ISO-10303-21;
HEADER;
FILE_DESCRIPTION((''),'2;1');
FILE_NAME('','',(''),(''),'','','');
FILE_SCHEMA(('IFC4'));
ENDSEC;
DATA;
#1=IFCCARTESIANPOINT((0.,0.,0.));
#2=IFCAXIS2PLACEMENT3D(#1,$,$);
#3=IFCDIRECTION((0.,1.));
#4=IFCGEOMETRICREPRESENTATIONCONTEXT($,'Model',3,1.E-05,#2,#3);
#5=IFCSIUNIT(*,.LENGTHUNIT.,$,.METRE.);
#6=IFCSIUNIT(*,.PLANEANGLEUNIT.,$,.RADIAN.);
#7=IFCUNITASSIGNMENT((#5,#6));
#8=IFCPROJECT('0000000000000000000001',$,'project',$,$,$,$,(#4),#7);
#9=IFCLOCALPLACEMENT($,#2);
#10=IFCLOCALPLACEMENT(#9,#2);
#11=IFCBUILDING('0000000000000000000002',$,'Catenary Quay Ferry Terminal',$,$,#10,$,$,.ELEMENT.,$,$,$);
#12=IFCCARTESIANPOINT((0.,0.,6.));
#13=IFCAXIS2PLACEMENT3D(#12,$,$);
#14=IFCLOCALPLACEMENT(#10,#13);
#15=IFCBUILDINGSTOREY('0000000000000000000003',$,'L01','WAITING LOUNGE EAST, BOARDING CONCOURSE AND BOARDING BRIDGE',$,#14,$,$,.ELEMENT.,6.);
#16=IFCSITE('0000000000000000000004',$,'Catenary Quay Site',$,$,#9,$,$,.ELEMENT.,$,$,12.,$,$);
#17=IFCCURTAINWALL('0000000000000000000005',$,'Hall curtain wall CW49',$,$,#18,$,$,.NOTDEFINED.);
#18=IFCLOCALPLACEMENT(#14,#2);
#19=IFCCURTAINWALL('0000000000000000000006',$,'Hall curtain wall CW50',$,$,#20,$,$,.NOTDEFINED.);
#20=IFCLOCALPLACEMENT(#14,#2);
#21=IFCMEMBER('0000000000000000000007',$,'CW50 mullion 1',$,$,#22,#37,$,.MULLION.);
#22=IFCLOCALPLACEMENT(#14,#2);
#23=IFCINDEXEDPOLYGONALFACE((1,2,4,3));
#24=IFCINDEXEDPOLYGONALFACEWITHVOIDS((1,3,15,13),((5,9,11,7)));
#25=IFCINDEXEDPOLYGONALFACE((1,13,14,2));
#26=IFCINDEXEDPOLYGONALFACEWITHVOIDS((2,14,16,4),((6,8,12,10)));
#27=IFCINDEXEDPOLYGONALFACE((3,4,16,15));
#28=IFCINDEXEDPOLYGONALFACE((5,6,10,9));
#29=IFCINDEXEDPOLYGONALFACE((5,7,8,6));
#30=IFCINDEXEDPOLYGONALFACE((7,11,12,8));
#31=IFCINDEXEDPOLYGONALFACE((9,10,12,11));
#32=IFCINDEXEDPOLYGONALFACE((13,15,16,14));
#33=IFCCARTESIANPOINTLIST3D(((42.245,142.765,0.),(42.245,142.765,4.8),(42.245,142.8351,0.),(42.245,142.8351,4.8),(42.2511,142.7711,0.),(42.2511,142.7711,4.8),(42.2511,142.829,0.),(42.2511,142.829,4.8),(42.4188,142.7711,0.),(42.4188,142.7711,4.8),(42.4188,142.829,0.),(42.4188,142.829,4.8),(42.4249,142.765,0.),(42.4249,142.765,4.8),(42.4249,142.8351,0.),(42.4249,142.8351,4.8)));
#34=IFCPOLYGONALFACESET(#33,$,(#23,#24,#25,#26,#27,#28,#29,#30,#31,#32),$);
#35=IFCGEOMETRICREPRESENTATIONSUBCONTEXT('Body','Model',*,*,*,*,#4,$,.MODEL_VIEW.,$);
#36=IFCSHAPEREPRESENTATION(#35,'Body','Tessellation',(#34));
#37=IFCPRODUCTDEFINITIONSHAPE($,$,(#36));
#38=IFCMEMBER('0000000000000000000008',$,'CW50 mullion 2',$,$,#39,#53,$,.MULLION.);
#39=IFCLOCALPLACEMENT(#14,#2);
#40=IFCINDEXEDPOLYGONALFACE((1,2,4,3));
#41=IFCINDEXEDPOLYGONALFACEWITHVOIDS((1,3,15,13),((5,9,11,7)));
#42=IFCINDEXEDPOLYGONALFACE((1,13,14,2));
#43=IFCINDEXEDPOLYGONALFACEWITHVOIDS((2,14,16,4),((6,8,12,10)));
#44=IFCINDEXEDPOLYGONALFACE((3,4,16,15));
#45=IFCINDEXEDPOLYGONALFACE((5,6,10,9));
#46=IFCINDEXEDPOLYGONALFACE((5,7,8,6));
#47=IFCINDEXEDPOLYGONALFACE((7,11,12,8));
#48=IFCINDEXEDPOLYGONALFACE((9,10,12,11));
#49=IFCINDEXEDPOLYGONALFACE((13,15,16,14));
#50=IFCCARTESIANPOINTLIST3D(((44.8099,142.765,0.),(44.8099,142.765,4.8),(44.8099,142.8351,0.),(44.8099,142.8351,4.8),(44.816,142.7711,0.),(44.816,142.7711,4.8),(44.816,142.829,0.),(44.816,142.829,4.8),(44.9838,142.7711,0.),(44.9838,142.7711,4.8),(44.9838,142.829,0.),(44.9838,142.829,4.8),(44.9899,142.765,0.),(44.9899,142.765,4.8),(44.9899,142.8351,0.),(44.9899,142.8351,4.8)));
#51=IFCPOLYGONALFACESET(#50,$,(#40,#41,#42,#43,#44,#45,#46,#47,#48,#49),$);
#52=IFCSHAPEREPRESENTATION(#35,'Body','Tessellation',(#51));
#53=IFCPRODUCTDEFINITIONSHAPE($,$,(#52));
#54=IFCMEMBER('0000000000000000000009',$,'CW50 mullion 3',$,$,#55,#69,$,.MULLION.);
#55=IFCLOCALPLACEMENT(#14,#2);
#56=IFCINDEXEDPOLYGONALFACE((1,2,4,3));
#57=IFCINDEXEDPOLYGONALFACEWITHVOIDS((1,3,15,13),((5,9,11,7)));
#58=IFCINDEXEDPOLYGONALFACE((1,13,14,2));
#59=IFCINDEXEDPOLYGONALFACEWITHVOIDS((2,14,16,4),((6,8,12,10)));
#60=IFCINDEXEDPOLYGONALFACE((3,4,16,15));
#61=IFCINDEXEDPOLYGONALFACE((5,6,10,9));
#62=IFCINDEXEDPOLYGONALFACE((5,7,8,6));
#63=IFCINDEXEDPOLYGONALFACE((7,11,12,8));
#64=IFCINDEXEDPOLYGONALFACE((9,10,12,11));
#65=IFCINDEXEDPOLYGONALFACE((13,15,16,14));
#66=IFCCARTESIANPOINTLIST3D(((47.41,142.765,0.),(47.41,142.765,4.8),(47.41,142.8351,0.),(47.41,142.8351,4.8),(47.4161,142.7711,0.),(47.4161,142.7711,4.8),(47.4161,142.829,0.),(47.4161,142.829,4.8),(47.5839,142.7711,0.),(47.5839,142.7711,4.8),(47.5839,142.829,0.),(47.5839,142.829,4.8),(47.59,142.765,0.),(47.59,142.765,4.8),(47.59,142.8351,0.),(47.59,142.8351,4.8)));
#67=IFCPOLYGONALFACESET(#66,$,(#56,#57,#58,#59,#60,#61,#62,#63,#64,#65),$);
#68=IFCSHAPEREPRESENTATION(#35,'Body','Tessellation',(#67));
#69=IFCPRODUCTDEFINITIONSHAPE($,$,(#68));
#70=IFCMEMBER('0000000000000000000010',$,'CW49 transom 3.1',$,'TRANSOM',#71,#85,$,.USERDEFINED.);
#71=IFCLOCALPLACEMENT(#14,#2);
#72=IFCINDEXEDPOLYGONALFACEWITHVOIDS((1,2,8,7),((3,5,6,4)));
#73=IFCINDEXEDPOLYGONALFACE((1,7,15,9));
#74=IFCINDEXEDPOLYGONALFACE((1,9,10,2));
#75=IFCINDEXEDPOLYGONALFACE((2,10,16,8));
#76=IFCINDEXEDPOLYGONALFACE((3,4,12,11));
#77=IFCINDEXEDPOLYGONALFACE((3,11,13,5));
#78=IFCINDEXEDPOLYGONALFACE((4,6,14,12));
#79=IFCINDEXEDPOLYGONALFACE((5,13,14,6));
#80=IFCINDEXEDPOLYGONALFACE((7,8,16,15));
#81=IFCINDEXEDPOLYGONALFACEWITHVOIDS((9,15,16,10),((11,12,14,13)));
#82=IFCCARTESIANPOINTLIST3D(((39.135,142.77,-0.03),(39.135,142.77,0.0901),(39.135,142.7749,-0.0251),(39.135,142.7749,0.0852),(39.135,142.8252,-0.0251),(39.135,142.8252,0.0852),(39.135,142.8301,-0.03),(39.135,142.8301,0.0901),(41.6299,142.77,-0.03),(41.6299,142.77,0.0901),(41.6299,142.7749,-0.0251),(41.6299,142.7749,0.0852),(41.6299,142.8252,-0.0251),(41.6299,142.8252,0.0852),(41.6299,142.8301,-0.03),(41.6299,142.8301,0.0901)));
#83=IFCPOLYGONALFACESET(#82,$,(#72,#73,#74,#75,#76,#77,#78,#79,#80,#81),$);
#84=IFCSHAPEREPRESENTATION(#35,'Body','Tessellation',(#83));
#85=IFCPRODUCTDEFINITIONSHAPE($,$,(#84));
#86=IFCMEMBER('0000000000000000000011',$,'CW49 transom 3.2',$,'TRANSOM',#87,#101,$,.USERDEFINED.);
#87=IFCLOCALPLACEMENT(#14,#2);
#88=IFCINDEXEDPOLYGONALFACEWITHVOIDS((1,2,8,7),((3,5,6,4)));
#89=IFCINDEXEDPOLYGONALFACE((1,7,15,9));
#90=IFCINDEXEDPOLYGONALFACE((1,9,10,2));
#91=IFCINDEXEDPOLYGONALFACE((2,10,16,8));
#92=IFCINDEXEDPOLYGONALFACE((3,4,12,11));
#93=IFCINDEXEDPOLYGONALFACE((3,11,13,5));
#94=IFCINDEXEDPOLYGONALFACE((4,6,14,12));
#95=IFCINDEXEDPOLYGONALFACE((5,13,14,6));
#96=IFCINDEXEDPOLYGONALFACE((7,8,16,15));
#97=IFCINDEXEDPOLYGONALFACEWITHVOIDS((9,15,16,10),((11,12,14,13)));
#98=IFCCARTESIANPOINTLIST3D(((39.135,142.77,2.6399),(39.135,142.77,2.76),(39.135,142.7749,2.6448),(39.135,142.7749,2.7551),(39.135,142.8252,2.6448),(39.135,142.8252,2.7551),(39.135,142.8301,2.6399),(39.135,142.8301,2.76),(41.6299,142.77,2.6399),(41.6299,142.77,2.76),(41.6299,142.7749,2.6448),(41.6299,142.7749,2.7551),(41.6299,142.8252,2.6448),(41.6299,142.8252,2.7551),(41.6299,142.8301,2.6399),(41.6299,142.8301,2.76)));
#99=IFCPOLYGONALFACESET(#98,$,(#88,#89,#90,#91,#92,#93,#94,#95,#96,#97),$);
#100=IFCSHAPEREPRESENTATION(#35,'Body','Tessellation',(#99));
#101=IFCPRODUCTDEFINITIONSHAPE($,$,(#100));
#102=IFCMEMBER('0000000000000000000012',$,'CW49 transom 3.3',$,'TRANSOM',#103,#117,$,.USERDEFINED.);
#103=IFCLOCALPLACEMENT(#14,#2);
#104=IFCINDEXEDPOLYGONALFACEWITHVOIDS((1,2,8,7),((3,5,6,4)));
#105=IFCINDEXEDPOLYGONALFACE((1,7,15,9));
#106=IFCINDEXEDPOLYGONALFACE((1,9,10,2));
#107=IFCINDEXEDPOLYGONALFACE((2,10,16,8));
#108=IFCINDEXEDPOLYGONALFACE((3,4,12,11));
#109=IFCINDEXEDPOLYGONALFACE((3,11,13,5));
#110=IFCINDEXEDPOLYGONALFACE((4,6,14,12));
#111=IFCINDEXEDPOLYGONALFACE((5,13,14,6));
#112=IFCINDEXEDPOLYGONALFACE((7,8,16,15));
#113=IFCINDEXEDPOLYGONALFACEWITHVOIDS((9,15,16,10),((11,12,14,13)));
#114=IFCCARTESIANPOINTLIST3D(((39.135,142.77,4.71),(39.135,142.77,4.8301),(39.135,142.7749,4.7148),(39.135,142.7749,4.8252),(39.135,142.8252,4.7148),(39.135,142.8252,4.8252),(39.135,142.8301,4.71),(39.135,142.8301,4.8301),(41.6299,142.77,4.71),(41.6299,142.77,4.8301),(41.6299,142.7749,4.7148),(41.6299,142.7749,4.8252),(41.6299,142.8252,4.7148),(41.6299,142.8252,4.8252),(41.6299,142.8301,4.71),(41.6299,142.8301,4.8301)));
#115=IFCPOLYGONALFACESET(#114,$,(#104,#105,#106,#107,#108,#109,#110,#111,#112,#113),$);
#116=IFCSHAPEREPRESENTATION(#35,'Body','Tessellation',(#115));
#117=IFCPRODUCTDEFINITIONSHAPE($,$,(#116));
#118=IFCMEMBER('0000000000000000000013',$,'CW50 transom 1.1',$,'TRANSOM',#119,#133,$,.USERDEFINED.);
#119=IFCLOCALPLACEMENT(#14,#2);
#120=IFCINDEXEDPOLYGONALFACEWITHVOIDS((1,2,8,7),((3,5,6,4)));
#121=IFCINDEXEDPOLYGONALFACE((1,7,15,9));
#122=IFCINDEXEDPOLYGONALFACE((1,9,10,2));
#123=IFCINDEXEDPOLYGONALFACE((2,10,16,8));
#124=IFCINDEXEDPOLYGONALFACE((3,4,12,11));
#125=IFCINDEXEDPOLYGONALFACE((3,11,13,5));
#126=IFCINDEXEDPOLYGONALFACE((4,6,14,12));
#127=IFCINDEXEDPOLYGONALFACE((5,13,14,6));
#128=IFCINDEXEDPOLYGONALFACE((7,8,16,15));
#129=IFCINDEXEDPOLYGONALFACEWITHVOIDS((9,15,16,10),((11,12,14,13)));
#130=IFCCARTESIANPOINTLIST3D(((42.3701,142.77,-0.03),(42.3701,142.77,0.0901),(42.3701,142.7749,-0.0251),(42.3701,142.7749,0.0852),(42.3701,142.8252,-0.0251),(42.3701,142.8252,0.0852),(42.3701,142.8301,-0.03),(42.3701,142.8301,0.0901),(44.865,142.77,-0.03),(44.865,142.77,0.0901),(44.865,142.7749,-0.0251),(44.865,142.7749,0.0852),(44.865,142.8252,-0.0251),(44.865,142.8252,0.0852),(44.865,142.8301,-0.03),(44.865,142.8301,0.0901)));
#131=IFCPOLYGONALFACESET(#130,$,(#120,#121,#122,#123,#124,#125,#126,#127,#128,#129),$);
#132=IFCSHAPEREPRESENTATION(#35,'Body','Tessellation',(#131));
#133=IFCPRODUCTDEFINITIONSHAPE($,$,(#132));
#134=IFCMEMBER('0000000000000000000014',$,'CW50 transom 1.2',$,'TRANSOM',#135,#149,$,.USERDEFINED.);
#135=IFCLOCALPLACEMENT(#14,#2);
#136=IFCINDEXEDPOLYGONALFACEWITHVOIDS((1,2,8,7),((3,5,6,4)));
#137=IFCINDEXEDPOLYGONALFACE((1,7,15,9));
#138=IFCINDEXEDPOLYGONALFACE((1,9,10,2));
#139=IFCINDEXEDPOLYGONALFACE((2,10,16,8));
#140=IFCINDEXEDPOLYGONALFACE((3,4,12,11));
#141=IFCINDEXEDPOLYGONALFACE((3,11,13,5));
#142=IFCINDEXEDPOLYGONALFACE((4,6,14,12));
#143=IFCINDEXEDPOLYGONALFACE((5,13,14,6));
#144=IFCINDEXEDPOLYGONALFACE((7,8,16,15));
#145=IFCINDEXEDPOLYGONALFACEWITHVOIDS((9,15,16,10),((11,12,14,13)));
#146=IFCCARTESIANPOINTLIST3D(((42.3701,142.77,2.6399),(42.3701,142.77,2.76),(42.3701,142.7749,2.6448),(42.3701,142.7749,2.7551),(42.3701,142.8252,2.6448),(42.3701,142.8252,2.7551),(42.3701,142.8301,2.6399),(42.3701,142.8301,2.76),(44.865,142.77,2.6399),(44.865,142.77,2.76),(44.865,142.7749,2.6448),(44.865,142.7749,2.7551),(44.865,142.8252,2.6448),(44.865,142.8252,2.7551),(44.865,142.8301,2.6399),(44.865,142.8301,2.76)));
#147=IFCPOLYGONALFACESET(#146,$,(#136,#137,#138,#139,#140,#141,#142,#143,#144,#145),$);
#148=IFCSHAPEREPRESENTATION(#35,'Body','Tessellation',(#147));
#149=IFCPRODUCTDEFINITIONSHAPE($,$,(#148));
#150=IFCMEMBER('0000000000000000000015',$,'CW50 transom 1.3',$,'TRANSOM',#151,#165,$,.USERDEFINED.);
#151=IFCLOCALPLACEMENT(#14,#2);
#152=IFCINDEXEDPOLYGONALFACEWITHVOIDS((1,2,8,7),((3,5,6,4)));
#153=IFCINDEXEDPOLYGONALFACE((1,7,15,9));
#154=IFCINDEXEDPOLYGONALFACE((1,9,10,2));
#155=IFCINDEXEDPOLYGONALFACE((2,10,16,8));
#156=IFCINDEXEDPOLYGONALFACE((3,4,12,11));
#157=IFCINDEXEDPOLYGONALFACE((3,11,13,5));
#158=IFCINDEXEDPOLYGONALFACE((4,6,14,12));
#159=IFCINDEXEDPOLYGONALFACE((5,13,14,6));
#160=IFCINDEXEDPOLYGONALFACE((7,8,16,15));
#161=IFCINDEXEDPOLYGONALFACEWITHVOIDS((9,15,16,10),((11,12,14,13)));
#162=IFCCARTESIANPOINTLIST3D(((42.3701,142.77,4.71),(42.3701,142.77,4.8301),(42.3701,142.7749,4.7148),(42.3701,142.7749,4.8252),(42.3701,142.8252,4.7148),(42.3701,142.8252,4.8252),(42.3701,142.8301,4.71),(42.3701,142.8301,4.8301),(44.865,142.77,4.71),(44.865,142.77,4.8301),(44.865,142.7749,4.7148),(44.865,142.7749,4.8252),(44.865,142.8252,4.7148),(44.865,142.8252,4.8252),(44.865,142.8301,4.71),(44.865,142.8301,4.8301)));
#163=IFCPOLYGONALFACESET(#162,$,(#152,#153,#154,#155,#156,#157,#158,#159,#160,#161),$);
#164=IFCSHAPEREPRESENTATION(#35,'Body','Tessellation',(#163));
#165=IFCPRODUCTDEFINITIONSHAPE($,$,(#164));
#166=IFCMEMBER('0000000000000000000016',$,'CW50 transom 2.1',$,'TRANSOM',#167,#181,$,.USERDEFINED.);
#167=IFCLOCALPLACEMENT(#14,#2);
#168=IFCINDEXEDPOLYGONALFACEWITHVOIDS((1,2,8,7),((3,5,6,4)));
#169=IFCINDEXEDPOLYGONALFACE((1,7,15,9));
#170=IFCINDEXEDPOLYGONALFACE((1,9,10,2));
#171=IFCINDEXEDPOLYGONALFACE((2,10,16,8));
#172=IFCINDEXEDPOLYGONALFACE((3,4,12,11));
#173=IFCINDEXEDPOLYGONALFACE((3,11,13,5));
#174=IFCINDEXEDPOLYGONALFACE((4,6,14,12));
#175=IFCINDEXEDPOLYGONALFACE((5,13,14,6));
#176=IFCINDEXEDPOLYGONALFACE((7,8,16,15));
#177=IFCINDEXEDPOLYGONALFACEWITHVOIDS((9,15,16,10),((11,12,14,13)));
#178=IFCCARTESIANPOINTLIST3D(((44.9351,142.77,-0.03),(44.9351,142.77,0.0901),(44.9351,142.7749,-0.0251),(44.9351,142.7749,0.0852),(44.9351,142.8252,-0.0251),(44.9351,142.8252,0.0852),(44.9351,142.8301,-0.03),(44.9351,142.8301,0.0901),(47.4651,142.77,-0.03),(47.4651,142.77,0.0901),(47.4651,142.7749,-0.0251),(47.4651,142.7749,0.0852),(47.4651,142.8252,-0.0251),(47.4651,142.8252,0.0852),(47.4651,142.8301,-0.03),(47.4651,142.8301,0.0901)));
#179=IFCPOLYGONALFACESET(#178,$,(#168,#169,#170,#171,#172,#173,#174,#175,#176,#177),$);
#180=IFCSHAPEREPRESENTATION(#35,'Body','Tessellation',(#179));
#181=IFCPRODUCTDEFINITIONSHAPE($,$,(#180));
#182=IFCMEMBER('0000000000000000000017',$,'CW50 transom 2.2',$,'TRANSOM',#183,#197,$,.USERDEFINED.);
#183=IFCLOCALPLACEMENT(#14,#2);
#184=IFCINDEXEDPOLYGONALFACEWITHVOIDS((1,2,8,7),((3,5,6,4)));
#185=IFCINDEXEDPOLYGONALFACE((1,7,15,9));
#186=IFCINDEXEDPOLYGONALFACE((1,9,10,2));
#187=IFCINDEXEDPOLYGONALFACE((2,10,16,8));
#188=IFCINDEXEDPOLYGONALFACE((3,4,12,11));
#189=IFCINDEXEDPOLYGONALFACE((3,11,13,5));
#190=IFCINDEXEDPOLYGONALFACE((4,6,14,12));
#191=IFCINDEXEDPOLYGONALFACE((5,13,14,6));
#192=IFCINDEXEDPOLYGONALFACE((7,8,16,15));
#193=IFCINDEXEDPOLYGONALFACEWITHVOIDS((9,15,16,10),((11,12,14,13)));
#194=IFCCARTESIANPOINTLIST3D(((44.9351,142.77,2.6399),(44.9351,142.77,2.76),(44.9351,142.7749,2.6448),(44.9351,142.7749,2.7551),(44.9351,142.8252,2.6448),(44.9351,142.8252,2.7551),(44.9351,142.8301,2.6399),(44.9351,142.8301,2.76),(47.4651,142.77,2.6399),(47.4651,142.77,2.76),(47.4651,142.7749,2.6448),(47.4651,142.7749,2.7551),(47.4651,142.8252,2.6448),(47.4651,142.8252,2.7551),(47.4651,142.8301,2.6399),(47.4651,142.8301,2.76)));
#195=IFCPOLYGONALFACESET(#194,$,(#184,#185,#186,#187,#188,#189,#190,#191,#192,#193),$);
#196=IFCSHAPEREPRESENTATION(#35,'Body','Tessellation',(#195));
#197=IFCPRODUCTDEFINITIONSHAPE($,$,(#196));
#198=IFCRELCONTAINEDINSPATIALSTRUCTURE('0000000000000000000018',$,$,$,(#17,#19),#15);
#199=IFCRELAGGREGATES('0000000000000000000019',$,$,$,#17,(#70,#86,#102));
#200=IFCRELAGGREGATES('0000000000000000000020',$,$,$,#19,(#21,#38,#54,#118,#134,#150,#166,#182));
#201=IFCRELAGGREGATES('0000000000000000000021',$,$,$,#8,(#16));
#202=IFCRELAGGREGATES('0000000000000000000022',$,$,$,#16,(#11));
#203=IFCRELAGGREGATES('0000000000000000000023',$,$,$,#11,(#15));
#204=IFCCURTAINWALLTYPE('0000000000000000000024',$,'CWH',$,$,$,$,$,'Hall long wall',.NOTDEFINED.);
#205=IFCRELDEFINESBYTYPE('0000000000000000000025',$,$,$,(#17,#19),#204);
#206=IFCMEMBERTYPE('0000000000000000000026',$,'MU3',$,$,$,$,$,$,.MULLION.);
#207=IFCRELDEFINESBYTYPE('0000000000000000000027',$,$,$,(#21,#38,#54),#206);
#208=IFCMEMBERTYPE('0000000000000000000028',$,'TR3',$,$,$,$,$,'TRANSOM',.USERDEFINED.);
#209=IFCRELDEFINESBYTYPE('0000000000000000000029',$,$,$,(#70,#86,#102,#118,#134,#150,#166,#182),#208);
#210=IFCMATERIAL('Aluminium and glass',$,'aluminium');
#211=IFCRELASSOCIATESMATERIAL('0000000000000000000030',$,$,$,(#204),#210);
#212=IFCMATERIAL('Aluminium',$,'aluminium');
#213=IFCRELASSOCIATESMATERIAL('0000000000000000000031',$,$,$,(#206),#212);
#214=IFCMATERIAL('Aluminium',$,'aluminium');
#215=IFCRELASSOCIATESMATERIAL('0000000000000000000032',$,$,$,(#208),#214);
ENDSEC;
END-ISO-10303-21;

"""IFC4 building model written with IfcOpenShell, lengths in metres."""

from ifc_helpers import new_model, si_unit, direction, frame, origin, origin_2d, place, context, subcontext, project, spatial, hollow_rectangle, extrude, material, material_profile, profile_set, type_object, element, aggregate, save


model = new_model("IFC4")

# Units and contexts
model_context = context("Model", 3, precision=1e-05, world=origin(), true_north=direction((0.0, 1.0)))
body_context = subcontext(model_context, "Body", "Model", "MODEL_VIEW")
ifc_project = project(units=[si_unit("LENGTHUNIT", "METRE"), si_unit("PLANEANGLEUNIT", "RADIAN")], contexts=[model_context])

# Site, building, storey
site_placement = place(None, origin())
site = spatial("IfcSite", under=ifc_project, at=site_placement, Name="Catenary Quay Site", CompositionType="ELEMENT", RefElevation=12.0)
building_placement = place(site_placement, origin())
building = spatial("IfcBuilding", under=site, at=building_placement, Name="Catenary Quay Ferry Terminal", CompositionType="ELEMENT")
storey_placement = place(building_placement, frame((0.0, 0.0, 6.0)))
storey = spatial("IfcBuildingStorey", under=building, at=storey_placement, Name="L01", Description="WAITING LOUNGE EAST, BOARDING CONCOURSE AND BOARDING BRIDGE", CompositionType="ELEMENT", Elevation=6.0)

# Curtain walls, members
ifc_material_1 = material(Name="Aluminium and glass", Category="aluminium")
curtain_wall_type = type_object("IfcCurtainWallType", Name="CWH", ElementType="Hall long wall", PredefinedType="NOTDEFINED", material=ifc_material_1)
curtain_wall_1_placement = place(storey_placement, origin())
curtain_wall_1 = element("IfcCurtainWall", 1, at=curtain_wall_1_placement, inside=storey, type_object=curtain_wall_type, Name="Hall curtain wall CW49", PredefinedType="NOTDEFINED")
ifc_material_2 = material(Name="Aluminium", Category="aluminium")
ifc_material_profile_1 = material_profile(ifc_material_2, hollow_rectangle(XDim=0.0701, YDim=0.1799, WallThickness=0.0061, at=origin_2d()), Name="MU3")
ifc_profile_set_1 = profile_set([ifc_material_profile_1], Name="Aluminium")
member_type_1 = type_object("IfcMemberType", Name="MU3", PredefinedType="MULLION", material=ifc_profile_set_1)
curtain_wall_2_placement = place(storey_placement, origin())
curtain_wall_2 = element("IfcCurtainWall", 2, at=curtain_wall_2_placement, inside=storey, type_object=curtain_wall_type, Name="Hall curtain wall CW50", PredefinedType="NOTDEFINED")
member_1_placement = place(storey_placement, frame((42.335, 142.8, 0.0), z_axis=(0.0, 0.0, 1.0), x_axis=(0.0, 1.0, 0.0)))
member_1 = element("IfcMember", 3, at=member_1_placement, type_object=member_type_1, Name="CW50 mullion 1", PredefinedType="MULLION", context=body_context, shape_type="SweptSolid", body=[
    extrude(hollow_rectangle(XDim=0.0701, YDim=0.1799, WallThickness=0.0061, at=origin_2d()), origin(), (0.0, 0.0, 1.0), 4.8),
])
member_2_placement = place(storey_placement, frame((44.8999, 142.8, 0.0), z_axis=(0.0, 0.0, 1.0), x_axis=(0.0, 1.0, 0.0)))
member_2 = element("IfcMember", 4, at=member_2_placement, type_object=member_type_1, Name="CW50 mullion 2", PredefinedType="MULLION", context=body_context, shape_type="SweptSolid", body=[
    extrude(hollow_rectangle(XDim=0.0701, YDim=0.1799, WallThickness=0.0061, at=origin_2d()), origin(), (0.0, 0.0, 1.0), 4.8),
])
member_3_placement = place(storey_placement, frame((47.5, 142.8, 0.0), z_axis=(0.0, 0.0, 1.0), x_axis=(0.0, 1.0, 0.0)))
member_3 = element("IfcMember", 5, at=member_3_placement, type_object=member_type_1, Name="CW50 mullion 3", PredefinedType="MULLION", context=body_context, shape_type="SweptSolid", body=[
    extrude(hollow_rectangle(XDim=0.0701, YDim=0.1799, WallThickness=0.0061, at=origin_2d()), origin(), (0.0, 0.0, 1.0), 4.8),
])

# Members
ifc_material_3 = material(Name="Aluminium", Category="aluminium")
ifc_material_profile_2 = material_profile(ifc_material_3, hollow_rectangle(XDim=0.0601, YDim=0.1201, WallThickness=0.0049, at=origin_2d()), Name="TR3")
ifc_profile_set_2 = profile_set([ifc_material_profile_2], Name="Aluminium")
member_type_2 = type_object("IfcMemberType", Name="TR3", ElementType="TRANSOM", PredefinedType="USERDEFINED", material=ifc_profile_set_2)
member_4_placement = place(storey_placement, frame((39.135, 142.8, 0.03), z_axis=(1.0, 0.0, 0.0), x_axis=(0.0, 1.0, 0.0)))
member_4 = element("IfcMember", 6, at=member_4_placement, type_object=member_type_2, Name="CW49 transom 3.1", ObjectType="TRANSOM", PredefinedType="USERDEFINED", context=body_context, shape_type="SweptSolid", body=[
    extrude(hollow_rectangle(XDim=0.0601, YDim=0.1201, WallThickness=0.0049, at=origin_2d()), origin(), (0.0, 0.0, 1.0), 2.4949),
])
member_5_placement = place(storey_placement, frame((39.135, 142.8, 2.7), z_axis=(1.0, 0.0, 0.0), x_axis=(0.0, 1.0, 0.0)))
member_5 = element("IfcMember", 7, at=member_5_placement, type_object=member_type_2, Name="CW49 transom 3.2", ObjectType="TRANSOM", PredefinedType="USERDEFINED", context=body_context, shape_type="SweptSolid", body=[
    extrude(hollow_rectangle(XDim=0.0601, YDim=0.1201, WallThickness=0.0049, at=origin_2d()), origin(), (0.0, 0.0, 1.0), 2.4949),
])
member_6_placement = place(storey_placement, frame((39.135, 142.8, 4.77), z_axis=(1.0, 0.0, 0.0), x_axis=(0.0, 1.0, 0.0)))
member_6 = element("IfcMember", 8, at=member_6_placement, type_object=member_type_2, Name="CW49 transom 3.3", ObjectType="TRANSOM", PredefinedType="USERDEFINED", context=body_context, shape_type="SweptSolid", body=[
    extrude(hollow_rectangle(XDim=0.0601, YDim=0.1201, WallThickness=0.0049, at=origin_2d()), origin(), (0.0, 0.0, 1.0), 2.4949),
])
member_7_placement = place(storey_placement, frame((42.3701, 142.8, 0.03), z_axis=(1.0, 0.0, 0.0), x_axis=(0.0, 1.0, 0.0)))
member_7 = element("IfcMember", 9, at=member_7_placement, type_object=member_type_2, Name="CW50 transom 1.1", ObjectType="TRANSOM", PredefinedType="USERDEFINED", context=body_context, shape_type="SweptSolid", body=[
    extrude(hollow_rectangle(XDim=0.0601, YDim=0.1201, WallThickness=0.0049, at=origin_2d()), origin(), (0.0, 0.0, 1.0), 2.4949),
])
member_8_placement = place(storey_placement, frame((42.3701, 142.8, 2.7), z_axis=(1.0, 0.0, 0.0), x_axis=(0.0, 1.0, 0.0)))
member_8 = element("IfcMember", 10, at=member_8_placement, type_object=member_type_2, Name="CW50 transom 1.2", ObjectType="TRANSOM", PredefinedType="USERDEFINED", context=body_context, shape_type="SweptSolid", body=[
    extrude(hollow_rectangle(XDim=0.0601, YDim=0.1201, WallThickness=0.0049, at=origin_2d()), origin(), (0.0, 0.0, 1.0), 2.4949),
])
member_9_placement = place(storey_placement, frame((42.3701, 142.8, 4.77), z_axis=(1.0, 0.0, 0.0), x_axis=(0.0, 1.0, 0.0)))
member_9 = element("IfcMember", 11, at=member_9_placement, type_object=member_type_2, Name="CW50 transom 1.3", ObjectType="TRANSOM", PredefinedType="USERDEFINED", context=body_context, shape_type="SweptSolid", body=[
    extrude(hollow_rectangle(XDim=0.0601, YDim=0.1201, WallThickness=0.0049, at=origin_2d()), origin(), (0.0, 0.0, 1.0), 2.4949),
])
member_10_placement = place(storey_placement, frame((44.9351, 142.8, 0.03), z_axis=(1.0, 0.0, 0.0), x_axis=(0.0, 1.0, 0.0)))
member_10 = element("IfcMember", 12, at=member_10_placement, type_object=member_type_2, Name="CW50 transom 2.1", ObjectType="TRANSOM", PredefinedType="USERDEFINED", context=body_context, shape_type="SweptSolid", body=[
    extrude(hollow_rectangle(XDim=0.0601, YDim=0.1201, WallThickness=0.0049, at=origin_2d()), origin(), (0.0, 0.0, 1.0), 2.53),
])
member_11_placement = place(storey_placement, frame((44.9351, 142.8, 2.7), z_axis=(1.0, 0.0, 0.0), x_axis=(0.0, 1.0, 0.0)))
member_11 = element("IfcMember", 13, at=member_11_placement, type_object=member_type_2, Name="CW50 transom 2.2", ObjectType="TRANSOM", PredefinedType="USERDEFINED", context=body_context, shape_type="SweptSolid", body=[
    extrude(hollow_rectangle(XDim=0.0601, YDim=0.1201, WallThickness=0.0049, at=origin_2d()), origin(), (0.0, 0.0, 1.0), 2.53),
])

aggregate(curtain_wall_1, [member_4, member_5, member_6])
aggregate(curtain_wall_2, [member_1, member_2, member_3, member_7, member_8, member_9, member_10, member_11])

save(model, "model.ifc")
